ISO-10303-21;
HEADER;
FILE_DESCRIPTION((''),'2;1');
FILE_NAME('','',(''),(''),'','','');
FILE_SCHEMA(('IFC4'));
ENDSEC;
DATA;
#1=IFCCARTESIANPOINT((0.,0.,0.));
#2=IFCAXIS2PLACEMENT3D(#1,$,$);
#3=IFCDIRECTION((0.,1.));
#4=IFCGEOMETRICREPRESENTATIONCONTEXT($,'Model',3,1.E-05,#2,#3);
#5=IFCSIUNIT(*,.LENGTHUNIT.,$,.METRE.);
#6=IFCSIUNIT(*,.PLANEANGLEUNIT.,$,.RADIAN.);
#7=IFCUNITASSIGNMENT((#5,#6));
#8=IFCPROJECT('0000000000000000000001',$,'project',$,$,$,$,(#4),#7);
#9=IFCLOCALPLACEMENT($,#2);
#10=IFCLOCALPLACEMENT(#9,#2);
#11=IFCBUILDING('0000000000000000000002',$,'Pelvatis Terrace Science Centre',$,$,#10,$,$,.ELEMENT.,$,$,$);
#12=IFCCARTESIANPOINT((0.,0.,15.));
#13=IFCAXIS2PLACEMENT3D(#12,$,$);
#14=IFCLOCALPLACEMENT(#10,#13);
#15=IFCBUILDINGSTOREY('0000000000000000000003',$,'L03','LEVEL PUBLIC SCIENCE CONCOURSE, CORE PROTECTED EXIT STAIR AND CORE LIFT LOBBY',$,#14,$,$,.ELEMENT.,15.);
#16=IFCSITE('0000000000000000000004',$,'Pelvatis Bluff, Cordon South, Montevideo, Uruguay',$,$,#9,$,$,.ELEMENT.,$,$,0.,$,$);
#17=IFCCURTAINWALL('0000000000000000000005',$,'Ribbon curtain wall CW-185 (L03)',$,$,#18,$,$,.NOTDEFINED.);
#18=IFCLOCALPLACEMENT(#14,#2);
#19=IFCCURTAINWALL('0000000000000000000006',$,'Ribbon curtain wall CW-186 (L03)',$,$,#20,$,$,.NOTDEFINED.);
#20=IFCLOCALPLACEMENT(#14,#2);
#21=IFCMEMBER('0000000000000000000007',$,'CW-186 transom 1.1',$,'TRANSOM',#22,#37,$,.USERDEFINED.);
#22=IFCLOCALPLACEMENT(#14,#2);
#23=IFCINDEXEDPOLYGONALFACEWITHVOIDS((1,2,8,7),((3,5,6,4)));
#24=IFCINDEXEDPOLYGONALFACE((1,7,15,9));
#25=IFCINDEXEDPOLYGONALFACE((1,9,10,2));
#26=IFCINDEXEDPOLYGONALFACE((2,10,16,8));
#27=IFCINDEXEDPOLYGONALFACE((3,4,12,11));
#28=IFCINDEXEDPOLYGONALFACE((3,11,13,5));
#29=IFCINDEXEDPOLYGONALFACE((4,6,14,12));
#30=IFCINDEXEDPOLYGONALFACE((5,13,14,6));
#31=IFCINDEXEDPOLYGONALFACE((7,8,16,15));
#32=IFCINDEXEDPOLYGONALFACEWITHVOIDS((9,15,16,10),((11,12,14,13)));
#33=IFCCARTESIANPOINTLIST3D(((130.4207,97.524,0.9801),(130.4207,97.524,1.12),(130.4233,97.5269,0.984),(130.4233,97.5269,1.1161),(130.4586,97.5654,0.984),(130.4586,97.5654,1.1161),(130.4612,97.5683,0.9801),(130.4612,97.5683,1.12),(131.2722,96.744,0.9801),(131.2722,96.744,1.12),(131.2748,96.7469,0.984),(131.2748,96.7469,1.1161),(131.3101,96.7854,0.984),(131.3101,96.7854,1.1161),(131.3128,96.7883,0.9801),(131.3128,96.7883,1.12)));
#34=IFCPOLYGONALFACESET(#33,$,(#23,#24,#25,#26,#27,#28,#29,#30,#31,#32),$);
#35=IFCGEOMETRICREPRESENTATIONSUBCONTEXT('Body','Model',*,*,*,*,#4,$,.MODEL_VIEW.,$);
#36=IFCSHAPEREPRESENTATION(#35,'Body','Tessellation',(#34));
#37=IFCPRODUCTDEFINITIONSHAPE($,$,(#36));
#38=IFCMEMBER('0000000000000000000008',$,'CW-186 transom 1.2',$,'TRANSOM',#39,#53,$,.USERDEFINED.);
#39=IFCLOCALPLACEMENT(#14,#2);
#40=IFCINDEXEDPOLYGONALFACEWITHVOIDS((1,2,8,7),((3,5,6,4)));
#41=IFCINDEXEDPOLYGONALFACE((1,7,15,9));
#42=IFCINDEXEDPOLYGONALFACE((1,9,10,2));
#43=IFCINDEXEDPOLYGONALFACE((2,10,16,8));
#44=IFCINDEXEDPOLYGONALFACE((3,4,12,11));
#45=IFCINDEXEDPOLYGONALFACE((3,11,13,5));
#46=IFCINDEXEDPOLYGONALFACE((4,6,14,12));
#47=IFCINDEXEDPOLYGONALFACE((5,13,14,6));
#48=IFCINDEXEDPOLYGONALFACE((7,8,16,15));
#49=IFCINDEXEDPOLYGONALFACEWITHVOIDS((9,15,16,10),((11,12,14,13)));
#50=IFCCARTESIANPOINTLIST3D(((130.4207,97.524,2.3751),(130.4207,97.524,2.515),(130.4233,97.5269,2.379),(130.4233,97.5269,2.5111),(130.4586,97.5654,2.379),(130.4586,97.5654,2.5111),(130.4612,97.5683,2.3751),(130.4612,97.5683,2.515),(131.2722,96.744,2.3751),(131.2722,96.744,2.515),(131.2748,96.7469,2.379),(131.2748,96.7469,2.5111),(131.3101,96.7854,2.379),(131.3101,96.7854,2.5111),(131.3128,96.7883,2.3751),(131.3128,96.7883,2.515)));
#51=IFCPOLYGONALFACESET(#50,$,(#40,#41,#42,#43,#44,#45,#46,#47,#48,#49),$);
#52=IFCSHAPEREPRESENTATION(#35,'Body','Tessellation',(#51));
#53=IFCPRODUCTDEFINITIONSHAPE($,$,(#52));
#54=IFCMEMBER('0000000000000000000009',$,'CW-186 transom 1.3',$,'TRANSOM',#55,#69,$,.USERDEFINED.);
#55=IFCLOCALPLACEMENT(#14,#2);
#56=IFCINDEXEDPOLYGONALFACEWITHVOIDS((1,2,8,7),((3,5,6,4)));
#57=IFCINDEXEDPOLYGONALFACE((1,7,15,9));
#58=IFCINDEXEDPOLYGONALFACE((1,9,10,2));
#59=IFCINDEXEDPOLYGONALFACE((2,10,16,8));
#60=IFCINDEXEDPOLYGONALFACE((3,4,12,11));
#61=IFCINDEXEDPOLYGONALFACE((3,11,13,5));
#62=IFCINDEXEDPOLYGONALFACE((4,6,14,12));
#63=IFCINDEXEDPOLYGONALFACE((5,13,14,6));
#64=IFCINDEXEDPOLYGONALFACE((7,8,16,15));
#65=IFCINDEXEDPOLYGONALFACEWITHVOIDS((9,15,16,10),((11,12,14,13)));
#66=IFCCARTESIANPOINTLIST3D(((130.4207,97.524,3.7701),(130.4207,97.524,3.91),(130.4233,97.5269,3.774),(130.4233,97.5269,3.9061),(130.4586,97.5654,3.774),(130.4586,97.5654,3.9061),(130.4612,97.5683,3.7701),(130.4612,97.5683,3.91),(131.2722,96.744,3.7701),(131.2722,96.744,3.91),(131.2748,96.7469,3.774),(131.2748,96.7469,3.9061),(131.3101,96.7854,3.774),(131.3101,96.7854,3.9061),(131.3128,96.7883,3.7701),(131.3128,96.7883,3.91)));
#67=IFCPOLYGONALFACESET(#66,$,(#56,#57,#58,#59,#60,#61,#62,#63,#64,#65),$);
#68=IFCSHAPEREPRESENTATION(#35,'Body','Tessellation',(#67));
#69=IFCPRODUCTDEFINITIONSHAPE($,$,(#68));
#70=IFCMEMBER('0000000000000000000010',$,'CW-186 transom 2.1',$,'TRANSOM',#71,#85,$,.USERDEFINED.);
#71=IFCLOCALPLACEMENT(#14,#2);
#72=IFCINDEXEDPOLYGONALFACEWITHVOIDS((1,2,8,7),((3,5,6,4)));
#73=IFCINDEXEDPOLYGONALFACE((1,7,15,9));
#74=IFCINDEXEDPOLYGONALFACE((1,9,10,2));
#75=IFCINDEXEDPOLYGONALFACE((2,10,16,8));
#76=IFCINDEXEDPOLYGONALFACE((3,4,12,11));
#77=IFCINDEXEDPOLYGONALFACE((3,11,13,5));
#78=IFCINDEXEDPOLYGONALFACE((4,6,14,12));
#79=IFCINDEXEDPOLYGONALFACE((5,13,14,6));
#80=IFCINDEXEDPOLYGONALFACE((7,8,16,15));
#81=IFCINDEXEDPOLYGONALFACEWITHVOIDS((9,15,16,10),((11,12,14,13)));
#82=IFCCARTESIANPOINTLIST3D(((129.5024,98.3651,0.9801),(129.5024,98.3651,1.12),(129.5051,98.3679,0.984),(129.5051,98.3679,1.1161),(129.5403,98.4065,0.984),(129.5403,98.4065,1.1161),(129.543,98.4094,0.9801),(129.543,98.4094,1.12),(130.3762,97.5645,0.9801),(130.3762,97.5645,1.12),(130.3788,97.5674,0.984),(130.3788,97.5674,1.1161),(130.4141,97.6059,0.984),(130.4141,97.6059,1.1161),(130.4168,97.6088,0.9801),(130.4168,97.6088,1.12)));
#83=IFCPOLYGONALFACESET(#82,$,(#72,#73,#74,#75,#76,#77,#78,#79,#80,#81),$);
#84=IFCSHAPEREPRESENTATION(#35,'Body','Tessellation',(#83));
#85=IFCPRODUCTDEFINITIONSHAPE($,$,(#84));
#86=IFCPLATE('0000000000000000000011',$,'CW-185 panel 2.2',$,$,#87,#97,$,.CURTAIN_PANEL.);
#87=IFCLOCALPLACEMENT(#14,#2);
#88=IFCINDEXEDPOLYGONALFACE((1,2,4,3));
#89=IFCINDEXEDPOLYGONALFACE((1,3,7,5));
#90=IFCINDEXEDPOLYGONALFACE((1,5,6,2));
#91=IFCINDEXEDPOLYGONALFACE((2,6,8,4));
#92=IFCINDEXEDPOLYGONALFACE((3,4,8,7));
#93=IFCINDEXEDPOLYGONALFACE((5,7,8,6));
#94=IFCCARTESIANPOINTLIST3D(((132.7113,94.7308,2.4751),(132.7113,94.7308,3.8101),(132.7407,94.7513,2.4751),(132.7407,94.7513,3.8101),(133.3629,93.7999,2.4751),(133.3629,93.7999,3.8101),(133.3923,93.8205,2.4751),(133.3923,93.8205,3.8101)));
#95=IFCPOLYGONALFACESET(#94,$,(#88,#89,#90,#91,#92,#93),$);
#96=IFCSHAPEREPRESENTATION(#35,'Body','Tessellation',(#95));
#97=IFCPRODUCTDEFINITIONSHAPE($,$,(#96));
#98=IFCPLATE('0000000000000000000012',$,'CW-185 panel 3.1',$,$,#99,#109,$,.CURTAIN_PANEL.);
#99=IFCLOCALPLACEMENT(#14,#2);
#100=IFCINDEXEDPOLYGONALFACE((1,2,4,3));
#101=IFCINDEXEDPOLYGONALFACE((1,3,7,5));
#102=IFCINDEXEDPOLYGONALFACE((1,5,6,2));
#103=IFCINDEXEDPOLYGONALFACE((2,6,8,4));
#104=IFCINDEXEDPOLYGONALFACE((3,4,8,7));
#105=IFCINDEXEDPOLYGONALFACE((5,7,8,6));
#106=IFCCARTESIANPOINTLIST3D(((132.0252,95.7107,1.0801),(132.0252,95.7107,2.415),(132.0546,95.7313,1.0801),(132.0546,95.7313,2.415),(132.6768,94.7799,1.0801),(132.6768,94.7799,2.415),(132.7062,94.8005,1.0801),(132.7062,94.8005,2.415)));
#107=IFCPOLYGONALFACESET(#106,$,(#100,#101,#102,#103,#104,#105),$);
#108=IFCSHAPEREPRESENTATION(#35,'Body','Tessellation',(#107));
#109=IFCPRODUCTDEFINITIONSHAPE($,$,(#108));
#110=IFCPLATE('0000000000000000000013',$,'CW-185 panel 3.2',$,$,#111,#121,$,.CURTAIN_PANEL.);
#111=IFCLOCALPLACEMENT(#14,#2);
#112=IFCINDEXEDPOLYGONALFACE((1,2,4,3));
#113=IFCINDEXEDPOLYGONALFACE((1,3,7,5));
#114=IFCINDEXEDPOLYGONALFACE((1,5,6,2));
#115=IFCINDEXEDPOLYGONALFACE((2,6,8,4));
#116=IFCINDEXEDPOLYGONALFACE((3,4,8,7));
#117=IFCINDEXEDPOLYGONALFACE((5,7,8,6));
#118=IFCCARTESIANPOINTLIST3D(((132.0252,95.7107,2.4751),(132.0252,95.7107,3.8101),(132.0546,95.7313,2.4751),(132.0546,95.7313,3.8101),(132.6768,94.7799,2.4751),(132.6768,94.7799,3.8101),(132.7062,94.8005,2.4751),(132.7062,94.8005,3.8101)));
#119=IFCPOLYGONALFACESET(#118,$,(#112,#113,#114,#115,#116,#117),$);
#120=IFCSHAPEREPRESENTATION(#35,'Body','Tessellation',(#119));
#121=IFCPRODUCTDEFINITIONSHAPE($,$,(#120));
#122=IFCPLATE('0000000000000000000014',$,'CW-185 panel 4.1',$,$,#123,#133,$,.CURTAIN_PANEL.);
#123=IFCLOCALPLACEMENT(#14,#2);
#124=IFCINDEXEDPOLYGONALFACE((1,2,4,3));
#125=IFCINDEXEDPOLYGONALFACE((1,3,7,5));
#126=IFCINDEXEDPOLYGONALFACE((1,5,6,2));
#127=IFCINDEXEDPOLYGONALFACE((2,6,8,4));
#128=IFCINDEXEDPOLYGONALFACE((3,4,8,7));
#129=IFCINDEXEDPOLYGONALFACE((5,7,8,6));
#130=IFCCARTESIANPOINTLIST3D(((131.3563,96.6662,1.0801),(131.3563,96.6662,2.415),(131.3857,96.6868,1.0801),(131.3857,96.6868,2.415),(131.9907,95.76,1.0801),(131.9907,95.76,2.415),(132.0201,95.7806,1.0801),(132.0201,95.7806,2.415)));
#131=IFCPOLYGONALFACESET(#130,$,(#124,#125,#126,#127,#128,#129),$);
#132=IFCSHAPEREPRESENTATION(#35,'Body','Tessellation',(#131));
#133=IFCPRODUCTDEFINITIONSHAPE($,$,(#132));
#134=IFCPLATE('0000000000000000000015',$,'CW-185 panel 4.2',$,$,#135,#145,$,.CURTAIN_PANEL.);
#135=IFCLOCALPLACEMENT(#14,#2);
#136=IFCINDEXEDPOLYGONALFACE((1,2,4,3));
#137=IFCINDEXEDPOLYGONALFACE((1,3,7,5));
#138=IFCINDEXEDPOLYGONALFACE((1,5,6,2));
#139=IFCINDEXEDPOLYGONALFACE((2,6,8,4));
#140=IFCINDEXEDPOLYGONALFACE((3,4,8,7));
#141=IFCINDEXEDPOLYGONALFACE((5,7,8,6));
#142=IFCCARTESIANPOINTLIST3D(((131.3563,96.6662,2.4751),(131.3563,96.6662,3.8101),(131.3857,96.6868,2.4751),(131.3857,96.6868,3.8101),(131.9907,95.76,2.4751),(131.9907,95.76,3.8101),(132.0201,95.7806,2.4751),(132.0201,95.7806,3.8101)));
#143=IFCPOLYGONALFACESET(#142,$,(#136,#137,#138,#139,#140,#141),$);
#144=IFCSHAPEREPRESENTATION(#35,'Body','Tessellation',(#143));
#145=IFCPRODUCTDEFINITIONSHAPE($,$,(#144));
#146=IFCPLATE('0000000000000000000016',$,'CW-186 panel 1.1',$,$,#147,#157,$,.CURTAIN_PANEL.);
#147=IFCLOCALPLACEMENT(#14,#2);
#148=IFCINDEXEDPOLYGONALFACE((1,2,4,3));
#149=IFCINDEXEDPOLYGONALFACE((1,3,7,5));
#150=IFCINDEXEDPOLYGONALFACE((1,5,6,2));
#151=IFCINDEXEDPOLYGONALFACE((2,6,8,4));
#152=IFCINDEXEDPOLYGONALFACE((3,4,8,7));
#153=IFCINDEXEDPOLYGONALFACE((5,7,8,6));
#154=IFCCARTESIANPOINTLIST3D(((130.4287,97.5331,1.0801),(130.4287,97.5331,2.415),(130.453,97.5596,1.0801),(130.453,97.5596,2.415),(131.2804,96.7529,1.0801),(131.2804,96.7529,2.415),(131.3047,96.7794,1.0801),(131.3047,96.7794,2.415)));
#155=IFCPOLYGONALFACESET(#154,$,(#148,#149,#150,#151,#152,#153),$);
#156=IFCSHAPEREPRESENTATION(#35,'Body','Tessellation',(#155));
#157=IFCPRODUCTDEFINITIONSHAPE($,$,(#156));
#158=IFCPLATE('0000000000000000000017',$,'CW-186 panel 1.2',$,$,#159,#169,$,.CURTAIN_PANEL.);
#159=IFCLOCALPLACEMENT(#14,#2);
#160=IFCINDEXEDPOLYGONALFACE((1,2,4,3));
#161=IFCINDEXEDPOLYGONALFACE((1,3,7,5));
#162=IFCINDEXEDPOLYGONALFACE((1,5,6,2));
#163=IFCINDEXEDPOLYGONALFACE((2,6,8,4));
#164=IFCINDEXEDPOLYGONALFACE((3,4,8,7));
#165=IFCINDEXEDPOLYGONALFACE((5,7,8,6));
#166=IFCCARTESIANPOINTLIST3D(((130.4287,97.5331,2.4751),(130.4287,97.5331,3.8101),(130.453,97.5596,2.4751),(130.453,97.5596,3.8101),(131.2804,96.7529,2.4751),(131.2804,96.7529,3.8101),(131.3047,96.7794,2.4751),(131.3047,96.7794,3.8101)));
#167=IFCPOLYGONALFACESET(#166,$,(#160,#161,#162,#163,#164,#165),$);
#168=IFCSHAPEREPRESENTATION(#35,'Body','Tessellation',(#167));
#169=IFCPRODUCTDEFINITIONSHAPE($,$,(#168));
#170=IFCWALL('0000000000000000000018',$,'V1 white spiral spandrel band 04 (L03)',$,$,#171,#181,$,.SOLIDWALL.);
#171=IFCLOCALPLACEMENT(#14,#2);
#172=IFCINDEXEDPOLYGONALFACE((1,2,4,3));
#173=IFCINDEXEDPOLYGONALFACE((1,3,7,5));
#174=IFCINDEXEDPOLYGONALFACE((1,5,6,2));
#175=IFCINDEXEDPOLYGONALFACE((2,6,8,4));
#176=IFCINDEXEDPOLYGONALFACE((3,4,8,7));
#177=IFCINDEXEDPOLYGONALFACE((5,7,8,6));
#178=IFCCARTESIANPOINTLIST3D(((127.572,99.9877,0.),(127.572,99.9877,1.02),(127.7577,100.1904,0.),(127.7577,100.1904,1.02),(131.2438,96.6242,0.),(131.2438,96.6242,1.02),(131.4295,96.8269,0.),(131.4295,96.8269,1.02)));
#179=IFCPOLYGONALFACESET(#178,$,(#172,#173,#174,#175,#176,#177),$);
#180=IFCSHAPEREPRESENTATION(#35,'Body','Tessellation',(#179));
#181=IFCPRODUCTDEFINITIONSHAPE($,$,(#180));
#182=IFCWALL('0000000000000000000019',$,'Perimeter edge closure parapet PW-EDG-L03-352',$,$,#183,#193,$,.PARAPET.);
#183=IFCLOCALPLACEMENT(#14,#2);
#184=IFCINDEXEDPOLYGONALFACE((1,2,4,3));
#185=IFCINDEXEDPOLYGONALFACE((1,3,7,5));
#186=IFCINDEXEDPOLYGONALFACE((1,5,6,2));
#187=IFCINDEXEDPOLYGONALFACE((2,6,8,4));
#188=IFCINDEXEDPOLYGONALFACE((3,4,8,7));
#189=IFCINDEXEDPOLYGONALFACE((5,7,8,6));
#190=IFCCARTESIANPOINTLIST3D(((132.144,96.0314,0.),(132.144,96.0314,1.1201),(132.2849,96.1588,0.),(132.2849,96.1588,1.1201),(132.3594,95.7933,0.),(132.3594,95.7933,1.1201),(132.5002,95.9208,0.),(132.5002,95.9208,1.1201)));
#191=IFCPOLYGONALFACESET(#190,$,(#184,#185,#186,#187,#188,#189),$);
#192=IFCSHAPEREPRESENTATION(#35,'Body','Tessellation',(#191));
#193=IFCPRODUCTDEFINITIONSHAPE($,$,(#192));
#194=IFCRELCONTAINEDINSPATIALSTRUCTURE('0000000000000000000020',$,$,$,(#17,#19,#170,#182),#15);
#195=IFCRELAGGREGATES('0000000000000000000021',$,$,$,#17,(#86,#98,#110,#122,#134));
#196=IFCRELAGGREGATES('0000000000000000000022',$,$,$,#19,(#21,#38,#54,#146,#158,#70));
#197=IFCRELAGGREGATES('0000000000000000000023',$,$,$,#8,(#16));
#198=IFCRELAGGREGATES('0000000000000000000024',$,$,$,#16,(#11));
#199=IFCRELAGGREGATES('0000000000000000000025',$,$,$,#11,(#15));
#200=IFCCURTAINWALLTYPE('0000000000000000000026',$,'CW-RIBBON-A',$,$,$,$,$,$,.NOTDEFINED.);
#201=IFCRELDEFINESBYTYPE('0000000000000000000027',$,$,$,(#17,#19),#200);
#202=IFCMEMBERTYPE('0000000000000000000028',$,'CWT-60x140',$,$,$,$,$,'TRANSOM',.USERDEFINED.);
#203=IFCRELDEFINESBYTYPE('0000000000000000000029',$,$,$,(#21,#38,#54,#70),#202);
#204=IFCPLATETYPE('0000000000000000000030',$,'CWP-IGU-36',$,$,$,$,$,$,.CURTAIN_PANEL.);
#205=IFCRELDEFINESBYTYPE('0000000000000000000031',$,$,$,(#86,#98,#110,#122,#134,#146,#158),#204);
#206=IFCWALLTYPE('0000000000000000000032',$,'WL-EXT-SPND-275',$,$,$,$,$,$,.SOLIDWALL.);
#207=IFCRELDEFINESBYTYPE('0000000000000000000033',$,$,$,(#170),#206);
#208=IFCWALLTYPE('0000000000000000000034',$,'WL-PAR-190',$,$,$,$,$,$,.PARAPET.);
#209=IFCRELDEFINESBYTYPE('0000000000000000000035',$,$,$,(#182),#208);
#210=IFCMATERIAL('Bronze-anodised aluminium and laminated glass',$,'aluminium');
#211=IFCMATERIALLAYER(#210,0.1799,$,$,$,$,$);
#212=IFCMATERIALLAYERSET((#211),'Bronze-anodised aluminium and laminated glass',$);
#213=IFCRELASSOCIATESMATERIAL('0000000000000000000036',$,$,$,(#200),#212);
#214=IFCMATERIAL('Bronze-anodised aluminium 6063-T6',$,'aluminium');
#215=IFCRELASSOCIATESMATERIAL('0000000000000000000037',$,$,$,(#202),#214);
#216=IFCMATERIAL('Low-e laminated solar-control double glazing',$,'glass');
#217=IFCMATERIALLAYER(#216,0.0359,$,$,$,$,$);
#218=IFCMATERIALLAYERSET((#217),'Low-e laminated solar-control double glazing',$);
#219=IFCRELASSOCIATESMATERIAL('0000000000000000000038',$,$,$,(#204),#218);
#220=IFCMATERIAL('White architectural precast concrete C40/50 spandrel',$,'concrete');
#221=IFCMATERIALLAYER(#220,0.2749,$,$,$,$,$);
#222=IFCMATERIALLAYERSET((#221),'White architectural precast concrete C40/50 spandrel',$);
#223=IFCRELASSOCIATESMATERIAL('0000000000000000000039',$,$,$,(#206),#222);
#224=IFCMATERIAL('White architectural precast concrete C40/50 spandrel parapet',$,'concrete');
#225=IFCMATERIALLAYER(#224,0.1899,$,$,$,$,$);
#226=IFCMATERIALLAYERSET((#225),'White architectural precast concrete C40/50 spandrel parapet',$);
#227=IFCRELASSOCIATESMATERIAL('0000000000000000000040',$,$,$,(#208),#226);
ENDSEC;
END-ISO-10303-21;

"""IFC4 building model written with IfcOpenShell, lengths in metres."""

from ifc_helpers import new_model, si_unit, direction, frame, frame_2d, origin, origin_2d, place, context, subcontext, project, spatial, rectangle, hollow_rectangle, extrude, material, layer, layer_set, material_profile, profile_set, type_object, element, aggregate, save


model = new_model("IFC4")

# Units and contexts
model_context = context("Model", 3, precision=1e-05, world=origin(), true_north=direction((0.0, 1.0)))
body_context = subcontext(model_context, "Body", "Model", "MODEL_VIEW")
ifc_project = project(units=[si_unit("LENGTHUNIT", "METRE"), si_unit("PLANEANGLEUNIT", "RADIAN")], contexts=[model_context])

# Site, building, storey
site_placement = place(None, origin())
site = spatial("IfcSite", under=ifc_project, at=site_placement, Name="Pelvatis Bluff, Cordon South, Montevideo, Uruguay", CompositionType="ELEMENT", RefElevation=0.0)
building_placement = place(site_placement, origin())
building = spatial("IfcBuilding", under=site, at=building_placement, Name="Pelvatis Terrace Science Centre", CompositionType="ELEMENT")
storey_placement = place(building_placement, frame((0.0, 0.0, 15.0)))
storey = spatial("IfcBuildingStorey", under=building, at=storey_placement, Name="L03", Description="LEVEL PUBLIC SCIENCE CONCOURSE, CORE PROTECTED EXIT STAIR AND CORE LIFT LOBBY", CompositionType="ELEMENT", Elevation=15.0)

# Curtain walls
ifc_material_1 = material(Name="Bronze-anodised aluminium and laminated glass", Category="aluminium")
ifc_layer_1 = layer(ifc_material_1, 0.1799)
ifc_layer_set_1 = layer_set([ifc_layer_1], Name="Bronze-anodised aluminium and laminated glass")
curtain_wall_type = type_object("IfcCurtainWallType", Name="CW-RIBBON-A", PredefinedType="NOTDEFINED", material=ifc_layer_set_1)
curtain_wall_1_placement = place(storey_placement, origin())
curtain_wall_1 = element("IfcCurtainWall", 1, at=curtain_wall_1_placement, inside=storey, type_object=curtain_wall_type, Name="Ribbon curtain wall CW-185 (L03)", PredefinedType="NOTDEFINED")
curtain_wall_2_placement = place(storey_placement, origin())
curtain_wall_2 = element("IfcCurtainWall", 2, at=curtain_wall_2_placement, inside=storey, type_object=curtain_wall_type, Name="Ribbon curtain wall CW-186 (L03)", PredefinedType="NOTDEFINED")

# Members
ifc_material_2 = material(Name="Bronze-anodised aluminium 6063-T6", Category="aluminium")
ifc_material_profile_1 = material_profile(ifc_material_2, hollow_rectangle(XDim=0.0601, YDim=0.1399, WallThickness=0.0039, at=origin_2d()), Name="ALU-TRN 60x140")
ifc_profile_set_1 = profile_set([ifc_material_profile_1], Name="Bronze-anodised aluminium 6063-T6")
member_type_1 = type_object("IfcMemberType", Name="CWT-60x140", ElementType="TRANSOM", PredefinedType="USERDEFINED", material=ifc_profile_set_1)
member_1_placement = place(storey_placement, frame((131.2925, 96.7661, 1.05), z_axis=(-0.7374, 0.675457, 0.0), x_axis=(-0.675457, -0.7374, 0.0)))
member_1 = element("IfcMember", 3, at=member_1_placement, type_object=member_type_1, Name="CW-186 transom 1.1", ObjectType="TRANSOM", PredefinedType="USERDEFINED", context=body_context, shape_type="SweptSolid", body=[
    extrude(hollow_rectangle(XDim=0.0601, YDim=0.1399, WallThickness=0.0039, at=origin_2d()), origin(), (0.0, 0.0, 1.0), 1.1548),
])
member_2_placement = place(storey_placement, frame((131.2925, 96.7661, 2.4451), z_axis=(-0.7374, 0.675457, 0.0), x_axis=(-0.675457, -0.7374, 0.0)))
member_2 = element("IfcMember", 4, at=member_2_placement, type_object=member_type_1, Name="CW-186 transom 1.2", ObjectType="TRANSOM", PredefinedType="USERDEFINED", context=body_context, shape_type="SweptSolid", body=[
    extrude(hollow_rectangle(XDim=0.0601, YDim=0.1399, WallThickness=0.0039, at=origin_2d()), origin(), (0.0, 0.0, 1.0), 1.1548),
])
member_3_placement = place(storey_placement, frame((131.2925, 96.7661, 3.8401), z_axis=(-0.7374, 0.675457, 0.0), x_axis=(-0.675457, -0.7374, 0.0)))
member_3 = element("IfcMember", 5, at=member_3_placement, type_object=member_type_1, Name="CW-186 transom 1.3", ObjectType="TRANSOM", PredefinedType="USERDEFINED", context=body_context, shape_type="SweptSolid", body=[
    extrude(hollow_rectangle(XDim=0.0601, YDim=0.1399, WallThickness=0.0039, at=origin_2d()), origin(), (0.0, 0.0, 1.0), 1.1548),
])
member_4_placement = place(storey_placement, frame((130.3965, 97.5867, 1.05), z_axis=(-0.737334, 0.675529, 0.0), x_axis=(-0.675529, -0.737334, 0.0)))
member_4 = element("IfcMember", 6, at=member_4_placement, type_object=member_type_1, Name="CW-186 transom 2.1", ObjectType="TRANSOM", PredefinedType="USERDEFINED", context=body_context, shape_type="SweptSolid", body=[
    extrude(hollow_rectangle(XDim=0.0601, YDim=0.1399, WallThickness=0.0039, at=origin_2d()), origin(), (0.0, 0.0, 1.0), 1.1851),
])

# Plates
ifc_material_3 = material(Name="Low-e laminated solar-control double glazing", Category="glass")
ifc_layer_2 = layer(ifc_material_3, 0.0359)
ifc_layer_set_2 = layer_set([ifc_layer_2], Name="Low-e laminated solar-control double glazing")
plate_type = type_object("IfcPlateType", Name="CWP-IGU-36", PredefinedType="CURTAIN_PANEL", material=ifc_layer_set_2)
plate_1_placement = place(storey_placement, frame((133.0518, 94.2756, 2.4751), z_axis=(0.0, 0.0, 1.0), x_axis=(-0.573468, 0.819228, 0.0)))
plate_1 = element("IfcPlate", 7, at=plate_1_placement, type_object=plate_type, Name="CW-185 panel 2.2", PredefinedType="CURTAIN_PANEL", context=body_context, shape_type="SweptSolid", body=[
    extrude(rectangle(XDim=1.1362, YDim=0.0359, at=origin_2d()), origin(), (0.0, 0.0, 1.0), 1.335),
])
plate_2_placement = place(storey_placement, frame((132.3657, 95.2556, 1.0801), z_axis=(0.0, 0.0, 1.0), x_axis=(-0.573468, 0.819228, 0.0)))
plate_2 = element("IfcPlate", 8, at=plate_2_placement, type_object=plate_type, Name="CW-185 panel 3.1", PredefinedType="CURTAIN_PANEL", context=body_context, shape_type="SweptSolid", body=[
    extrude(rectangle(XDim=1.1362, YDim=0.0359, at=origin_2d()), origin(), (0.0, 0.0, 1.0), 1.335),
])
plate_3_placement = place(storey_placement, frame((132.3657, 95.2556, 2.4751), z_axis=(0.0, 0.0, 1.0), x_axis=(-0.573468, 0.819228, 0.0)))
plate_3 = element("IfcPlate", 9, at=plate_3_placement, type_object=plate_type, Name="CW-185 panel 3.2", PredefinedType="CURTAIN_PANEL", context=body_context, shape_type="SweptSolid", body=[
    extrude(rectangle(XDim=1.1362, YDim=0.0359, at=origin_2d()), origin(), (0.0, 0.0, 1.0), 1.335),
])
plate_4_placement = place(storey_placement, frame((131.6882, 96.2234, 1.0801), z_axis=(0.0, 0.0, 1.0), x_axis=(-0.573468, 0.819228, 0.0)))
plate_4 = element("IfcPlate", 10, at=plate_4_placement, type_object=plate_type, Name="CW-185 panel 4.1", PredefinedType="CURTAIN_PANEL", context=body_context, shape_type="SweptSolid", body=[
    extrude(rectangle(XDim=1.1062, YDim=0.0359, at=origin_2d()), origin(), (0.0, 0.0, 1.0), 1.335),
])
plate_5_placement = place(storey_placement, frame((131.6882, 96.2234, 2.4751), z_axis=(0.0, 0.0, 1.0), x_axis=(-0.573468, 0.819228, 0.0)))
plate_5 = element("IfcPlate", 11, at=plate_5_placement, type_object=plate_type, Name="CW-185 panel 4.2", PredefinedType="CURTAIN_PANEL", context=body_context, shape_type="SweptSolid", body=[
    extrude(rectangle(XDim=1.1062, YDim=0.0359, at=origin_2d()), origin(), (0.0, 0.0, 1.0), 1.335),
])
aggregate(curtain_wall_1, [plate_1, plate_2, plate_3, plate_4, plate_5])
plate_6_placement = place(storey_placement, frame((130.8667, 97.1562, 1.0801), z_axis=(0.0, 0.0, 1.0), x_axis=(-0.737404, 0.675452, 0.0)))
plate_6 = element("IfcPlate", 12, at=plate_6_placement, type_object=plate_type, Name="CW-186 panel 1.1", PredefinedType="CURTAIN_PANEL", context=body_context, shape_type="SweptSolid", body=[
    extrude(rectangle(XDim=1.155, YDim=0.0359, at=origin_2d()), origin(), (0.0, 0.0, 1.0), 1.335),
])
plate_7_placement = place(storey_placement, frame((130.8667, 97.1562, 2.4751), z_axis=(0.0, 0.0, 1.0), x_axis=(-0.737404, 0.675452, 0.0)))
plate_7 = element("IfcPlate", 13, at=plate_7_placement, type_object=plate_type, Name="CW-186 panel 1.2", PredefinedType="CURTAIN_PANEL", context=body_context, shape_type="SweptSolid", body=[
    extrude(rectangle(XDim=1.155, YDim=0.0359, at=origin_2d()), origin(), (0.0, 0.0, 1.0), 1.335),
])
aggregate(curtain_wall_2, [member_1, member_2, member_3, plate_6, plate_7, member_4])

# Walls
ifc_material_4 = material(Name="White architectural precast concrete C40/50 spandrel", Category="concrete")
ifc_layer_3 = layer(ifc_material_4, 0.2749)
ifc_layer_set_3 = layer_set([ifc_layer_3], Name="White architectural precast concrete C40/50 spandrel")
wall_type_1 = type_object("IfcWallType", Name="WL-EXT-SPND-275", PredefinedType="SOLIDWALL", material=ifc_layer_set_3)
wall_1_placement = place(storey_placement, frame((131.3367, 96.7256, 0.0), z_axis=(0.0, 0.0, 1.0), x_axis=(-0.73739, 0.675467, 0.0)))
element("IfcWall", 14, at=wall_1_placement, inside=storey, type_object=wall_type_1, Name="V1 white spiral spandrel band 04 (L03)", PredefinedType="SOLIDWALL", context=body_context, shape_type="SweptSolid", body=[
    extrude(rectangle(XDim=4.9795, YDim=0.2749, at=frame_2d((2.4897, 0.0))), origin(), (0.0, 0.0, 1.0), 1.02),
])
ifc_material_5 = material(Name="White architectural precast concrete C40/50 spandrel parapet", Category="concrete")
ifc_layer_4 = layer(ifc_material_5, 0.1899)
ifc_layer_set_4 = layer_set([ifc_layer_4], Name="White architectural precast concrete C40/50 spandrel parapet")
wall_type_2 = type_object("IfcWallType", Name="WL-PAR-190", PredefinedType="PARAPET", material=ifc_layer_set_4)
wall_2_placement = place(storey_placement, frame((132.2144, 96.0952, 0.0), z_axis=(0.0, 0.0, 1.0), x_axis=(0.670854, -0.74159, 0.0)))
element("IfcWall", 15, at=wall_2_placement, inside=storey, type_object=wall_type_2, Name="Perimeter edge closure parapet PW-EDG-L03-352", PredefinedType="PARAPET", context=body_context, shape_type="SweptSolid", body=[
    extrude(rectangle(XDim=0.321, YDim=0.1899, at=frame_2d((0.1606, 0.0))), origin(), (0.0, 0.0, 1.0), 1.1201),
])

save(model, "model.ifc")
